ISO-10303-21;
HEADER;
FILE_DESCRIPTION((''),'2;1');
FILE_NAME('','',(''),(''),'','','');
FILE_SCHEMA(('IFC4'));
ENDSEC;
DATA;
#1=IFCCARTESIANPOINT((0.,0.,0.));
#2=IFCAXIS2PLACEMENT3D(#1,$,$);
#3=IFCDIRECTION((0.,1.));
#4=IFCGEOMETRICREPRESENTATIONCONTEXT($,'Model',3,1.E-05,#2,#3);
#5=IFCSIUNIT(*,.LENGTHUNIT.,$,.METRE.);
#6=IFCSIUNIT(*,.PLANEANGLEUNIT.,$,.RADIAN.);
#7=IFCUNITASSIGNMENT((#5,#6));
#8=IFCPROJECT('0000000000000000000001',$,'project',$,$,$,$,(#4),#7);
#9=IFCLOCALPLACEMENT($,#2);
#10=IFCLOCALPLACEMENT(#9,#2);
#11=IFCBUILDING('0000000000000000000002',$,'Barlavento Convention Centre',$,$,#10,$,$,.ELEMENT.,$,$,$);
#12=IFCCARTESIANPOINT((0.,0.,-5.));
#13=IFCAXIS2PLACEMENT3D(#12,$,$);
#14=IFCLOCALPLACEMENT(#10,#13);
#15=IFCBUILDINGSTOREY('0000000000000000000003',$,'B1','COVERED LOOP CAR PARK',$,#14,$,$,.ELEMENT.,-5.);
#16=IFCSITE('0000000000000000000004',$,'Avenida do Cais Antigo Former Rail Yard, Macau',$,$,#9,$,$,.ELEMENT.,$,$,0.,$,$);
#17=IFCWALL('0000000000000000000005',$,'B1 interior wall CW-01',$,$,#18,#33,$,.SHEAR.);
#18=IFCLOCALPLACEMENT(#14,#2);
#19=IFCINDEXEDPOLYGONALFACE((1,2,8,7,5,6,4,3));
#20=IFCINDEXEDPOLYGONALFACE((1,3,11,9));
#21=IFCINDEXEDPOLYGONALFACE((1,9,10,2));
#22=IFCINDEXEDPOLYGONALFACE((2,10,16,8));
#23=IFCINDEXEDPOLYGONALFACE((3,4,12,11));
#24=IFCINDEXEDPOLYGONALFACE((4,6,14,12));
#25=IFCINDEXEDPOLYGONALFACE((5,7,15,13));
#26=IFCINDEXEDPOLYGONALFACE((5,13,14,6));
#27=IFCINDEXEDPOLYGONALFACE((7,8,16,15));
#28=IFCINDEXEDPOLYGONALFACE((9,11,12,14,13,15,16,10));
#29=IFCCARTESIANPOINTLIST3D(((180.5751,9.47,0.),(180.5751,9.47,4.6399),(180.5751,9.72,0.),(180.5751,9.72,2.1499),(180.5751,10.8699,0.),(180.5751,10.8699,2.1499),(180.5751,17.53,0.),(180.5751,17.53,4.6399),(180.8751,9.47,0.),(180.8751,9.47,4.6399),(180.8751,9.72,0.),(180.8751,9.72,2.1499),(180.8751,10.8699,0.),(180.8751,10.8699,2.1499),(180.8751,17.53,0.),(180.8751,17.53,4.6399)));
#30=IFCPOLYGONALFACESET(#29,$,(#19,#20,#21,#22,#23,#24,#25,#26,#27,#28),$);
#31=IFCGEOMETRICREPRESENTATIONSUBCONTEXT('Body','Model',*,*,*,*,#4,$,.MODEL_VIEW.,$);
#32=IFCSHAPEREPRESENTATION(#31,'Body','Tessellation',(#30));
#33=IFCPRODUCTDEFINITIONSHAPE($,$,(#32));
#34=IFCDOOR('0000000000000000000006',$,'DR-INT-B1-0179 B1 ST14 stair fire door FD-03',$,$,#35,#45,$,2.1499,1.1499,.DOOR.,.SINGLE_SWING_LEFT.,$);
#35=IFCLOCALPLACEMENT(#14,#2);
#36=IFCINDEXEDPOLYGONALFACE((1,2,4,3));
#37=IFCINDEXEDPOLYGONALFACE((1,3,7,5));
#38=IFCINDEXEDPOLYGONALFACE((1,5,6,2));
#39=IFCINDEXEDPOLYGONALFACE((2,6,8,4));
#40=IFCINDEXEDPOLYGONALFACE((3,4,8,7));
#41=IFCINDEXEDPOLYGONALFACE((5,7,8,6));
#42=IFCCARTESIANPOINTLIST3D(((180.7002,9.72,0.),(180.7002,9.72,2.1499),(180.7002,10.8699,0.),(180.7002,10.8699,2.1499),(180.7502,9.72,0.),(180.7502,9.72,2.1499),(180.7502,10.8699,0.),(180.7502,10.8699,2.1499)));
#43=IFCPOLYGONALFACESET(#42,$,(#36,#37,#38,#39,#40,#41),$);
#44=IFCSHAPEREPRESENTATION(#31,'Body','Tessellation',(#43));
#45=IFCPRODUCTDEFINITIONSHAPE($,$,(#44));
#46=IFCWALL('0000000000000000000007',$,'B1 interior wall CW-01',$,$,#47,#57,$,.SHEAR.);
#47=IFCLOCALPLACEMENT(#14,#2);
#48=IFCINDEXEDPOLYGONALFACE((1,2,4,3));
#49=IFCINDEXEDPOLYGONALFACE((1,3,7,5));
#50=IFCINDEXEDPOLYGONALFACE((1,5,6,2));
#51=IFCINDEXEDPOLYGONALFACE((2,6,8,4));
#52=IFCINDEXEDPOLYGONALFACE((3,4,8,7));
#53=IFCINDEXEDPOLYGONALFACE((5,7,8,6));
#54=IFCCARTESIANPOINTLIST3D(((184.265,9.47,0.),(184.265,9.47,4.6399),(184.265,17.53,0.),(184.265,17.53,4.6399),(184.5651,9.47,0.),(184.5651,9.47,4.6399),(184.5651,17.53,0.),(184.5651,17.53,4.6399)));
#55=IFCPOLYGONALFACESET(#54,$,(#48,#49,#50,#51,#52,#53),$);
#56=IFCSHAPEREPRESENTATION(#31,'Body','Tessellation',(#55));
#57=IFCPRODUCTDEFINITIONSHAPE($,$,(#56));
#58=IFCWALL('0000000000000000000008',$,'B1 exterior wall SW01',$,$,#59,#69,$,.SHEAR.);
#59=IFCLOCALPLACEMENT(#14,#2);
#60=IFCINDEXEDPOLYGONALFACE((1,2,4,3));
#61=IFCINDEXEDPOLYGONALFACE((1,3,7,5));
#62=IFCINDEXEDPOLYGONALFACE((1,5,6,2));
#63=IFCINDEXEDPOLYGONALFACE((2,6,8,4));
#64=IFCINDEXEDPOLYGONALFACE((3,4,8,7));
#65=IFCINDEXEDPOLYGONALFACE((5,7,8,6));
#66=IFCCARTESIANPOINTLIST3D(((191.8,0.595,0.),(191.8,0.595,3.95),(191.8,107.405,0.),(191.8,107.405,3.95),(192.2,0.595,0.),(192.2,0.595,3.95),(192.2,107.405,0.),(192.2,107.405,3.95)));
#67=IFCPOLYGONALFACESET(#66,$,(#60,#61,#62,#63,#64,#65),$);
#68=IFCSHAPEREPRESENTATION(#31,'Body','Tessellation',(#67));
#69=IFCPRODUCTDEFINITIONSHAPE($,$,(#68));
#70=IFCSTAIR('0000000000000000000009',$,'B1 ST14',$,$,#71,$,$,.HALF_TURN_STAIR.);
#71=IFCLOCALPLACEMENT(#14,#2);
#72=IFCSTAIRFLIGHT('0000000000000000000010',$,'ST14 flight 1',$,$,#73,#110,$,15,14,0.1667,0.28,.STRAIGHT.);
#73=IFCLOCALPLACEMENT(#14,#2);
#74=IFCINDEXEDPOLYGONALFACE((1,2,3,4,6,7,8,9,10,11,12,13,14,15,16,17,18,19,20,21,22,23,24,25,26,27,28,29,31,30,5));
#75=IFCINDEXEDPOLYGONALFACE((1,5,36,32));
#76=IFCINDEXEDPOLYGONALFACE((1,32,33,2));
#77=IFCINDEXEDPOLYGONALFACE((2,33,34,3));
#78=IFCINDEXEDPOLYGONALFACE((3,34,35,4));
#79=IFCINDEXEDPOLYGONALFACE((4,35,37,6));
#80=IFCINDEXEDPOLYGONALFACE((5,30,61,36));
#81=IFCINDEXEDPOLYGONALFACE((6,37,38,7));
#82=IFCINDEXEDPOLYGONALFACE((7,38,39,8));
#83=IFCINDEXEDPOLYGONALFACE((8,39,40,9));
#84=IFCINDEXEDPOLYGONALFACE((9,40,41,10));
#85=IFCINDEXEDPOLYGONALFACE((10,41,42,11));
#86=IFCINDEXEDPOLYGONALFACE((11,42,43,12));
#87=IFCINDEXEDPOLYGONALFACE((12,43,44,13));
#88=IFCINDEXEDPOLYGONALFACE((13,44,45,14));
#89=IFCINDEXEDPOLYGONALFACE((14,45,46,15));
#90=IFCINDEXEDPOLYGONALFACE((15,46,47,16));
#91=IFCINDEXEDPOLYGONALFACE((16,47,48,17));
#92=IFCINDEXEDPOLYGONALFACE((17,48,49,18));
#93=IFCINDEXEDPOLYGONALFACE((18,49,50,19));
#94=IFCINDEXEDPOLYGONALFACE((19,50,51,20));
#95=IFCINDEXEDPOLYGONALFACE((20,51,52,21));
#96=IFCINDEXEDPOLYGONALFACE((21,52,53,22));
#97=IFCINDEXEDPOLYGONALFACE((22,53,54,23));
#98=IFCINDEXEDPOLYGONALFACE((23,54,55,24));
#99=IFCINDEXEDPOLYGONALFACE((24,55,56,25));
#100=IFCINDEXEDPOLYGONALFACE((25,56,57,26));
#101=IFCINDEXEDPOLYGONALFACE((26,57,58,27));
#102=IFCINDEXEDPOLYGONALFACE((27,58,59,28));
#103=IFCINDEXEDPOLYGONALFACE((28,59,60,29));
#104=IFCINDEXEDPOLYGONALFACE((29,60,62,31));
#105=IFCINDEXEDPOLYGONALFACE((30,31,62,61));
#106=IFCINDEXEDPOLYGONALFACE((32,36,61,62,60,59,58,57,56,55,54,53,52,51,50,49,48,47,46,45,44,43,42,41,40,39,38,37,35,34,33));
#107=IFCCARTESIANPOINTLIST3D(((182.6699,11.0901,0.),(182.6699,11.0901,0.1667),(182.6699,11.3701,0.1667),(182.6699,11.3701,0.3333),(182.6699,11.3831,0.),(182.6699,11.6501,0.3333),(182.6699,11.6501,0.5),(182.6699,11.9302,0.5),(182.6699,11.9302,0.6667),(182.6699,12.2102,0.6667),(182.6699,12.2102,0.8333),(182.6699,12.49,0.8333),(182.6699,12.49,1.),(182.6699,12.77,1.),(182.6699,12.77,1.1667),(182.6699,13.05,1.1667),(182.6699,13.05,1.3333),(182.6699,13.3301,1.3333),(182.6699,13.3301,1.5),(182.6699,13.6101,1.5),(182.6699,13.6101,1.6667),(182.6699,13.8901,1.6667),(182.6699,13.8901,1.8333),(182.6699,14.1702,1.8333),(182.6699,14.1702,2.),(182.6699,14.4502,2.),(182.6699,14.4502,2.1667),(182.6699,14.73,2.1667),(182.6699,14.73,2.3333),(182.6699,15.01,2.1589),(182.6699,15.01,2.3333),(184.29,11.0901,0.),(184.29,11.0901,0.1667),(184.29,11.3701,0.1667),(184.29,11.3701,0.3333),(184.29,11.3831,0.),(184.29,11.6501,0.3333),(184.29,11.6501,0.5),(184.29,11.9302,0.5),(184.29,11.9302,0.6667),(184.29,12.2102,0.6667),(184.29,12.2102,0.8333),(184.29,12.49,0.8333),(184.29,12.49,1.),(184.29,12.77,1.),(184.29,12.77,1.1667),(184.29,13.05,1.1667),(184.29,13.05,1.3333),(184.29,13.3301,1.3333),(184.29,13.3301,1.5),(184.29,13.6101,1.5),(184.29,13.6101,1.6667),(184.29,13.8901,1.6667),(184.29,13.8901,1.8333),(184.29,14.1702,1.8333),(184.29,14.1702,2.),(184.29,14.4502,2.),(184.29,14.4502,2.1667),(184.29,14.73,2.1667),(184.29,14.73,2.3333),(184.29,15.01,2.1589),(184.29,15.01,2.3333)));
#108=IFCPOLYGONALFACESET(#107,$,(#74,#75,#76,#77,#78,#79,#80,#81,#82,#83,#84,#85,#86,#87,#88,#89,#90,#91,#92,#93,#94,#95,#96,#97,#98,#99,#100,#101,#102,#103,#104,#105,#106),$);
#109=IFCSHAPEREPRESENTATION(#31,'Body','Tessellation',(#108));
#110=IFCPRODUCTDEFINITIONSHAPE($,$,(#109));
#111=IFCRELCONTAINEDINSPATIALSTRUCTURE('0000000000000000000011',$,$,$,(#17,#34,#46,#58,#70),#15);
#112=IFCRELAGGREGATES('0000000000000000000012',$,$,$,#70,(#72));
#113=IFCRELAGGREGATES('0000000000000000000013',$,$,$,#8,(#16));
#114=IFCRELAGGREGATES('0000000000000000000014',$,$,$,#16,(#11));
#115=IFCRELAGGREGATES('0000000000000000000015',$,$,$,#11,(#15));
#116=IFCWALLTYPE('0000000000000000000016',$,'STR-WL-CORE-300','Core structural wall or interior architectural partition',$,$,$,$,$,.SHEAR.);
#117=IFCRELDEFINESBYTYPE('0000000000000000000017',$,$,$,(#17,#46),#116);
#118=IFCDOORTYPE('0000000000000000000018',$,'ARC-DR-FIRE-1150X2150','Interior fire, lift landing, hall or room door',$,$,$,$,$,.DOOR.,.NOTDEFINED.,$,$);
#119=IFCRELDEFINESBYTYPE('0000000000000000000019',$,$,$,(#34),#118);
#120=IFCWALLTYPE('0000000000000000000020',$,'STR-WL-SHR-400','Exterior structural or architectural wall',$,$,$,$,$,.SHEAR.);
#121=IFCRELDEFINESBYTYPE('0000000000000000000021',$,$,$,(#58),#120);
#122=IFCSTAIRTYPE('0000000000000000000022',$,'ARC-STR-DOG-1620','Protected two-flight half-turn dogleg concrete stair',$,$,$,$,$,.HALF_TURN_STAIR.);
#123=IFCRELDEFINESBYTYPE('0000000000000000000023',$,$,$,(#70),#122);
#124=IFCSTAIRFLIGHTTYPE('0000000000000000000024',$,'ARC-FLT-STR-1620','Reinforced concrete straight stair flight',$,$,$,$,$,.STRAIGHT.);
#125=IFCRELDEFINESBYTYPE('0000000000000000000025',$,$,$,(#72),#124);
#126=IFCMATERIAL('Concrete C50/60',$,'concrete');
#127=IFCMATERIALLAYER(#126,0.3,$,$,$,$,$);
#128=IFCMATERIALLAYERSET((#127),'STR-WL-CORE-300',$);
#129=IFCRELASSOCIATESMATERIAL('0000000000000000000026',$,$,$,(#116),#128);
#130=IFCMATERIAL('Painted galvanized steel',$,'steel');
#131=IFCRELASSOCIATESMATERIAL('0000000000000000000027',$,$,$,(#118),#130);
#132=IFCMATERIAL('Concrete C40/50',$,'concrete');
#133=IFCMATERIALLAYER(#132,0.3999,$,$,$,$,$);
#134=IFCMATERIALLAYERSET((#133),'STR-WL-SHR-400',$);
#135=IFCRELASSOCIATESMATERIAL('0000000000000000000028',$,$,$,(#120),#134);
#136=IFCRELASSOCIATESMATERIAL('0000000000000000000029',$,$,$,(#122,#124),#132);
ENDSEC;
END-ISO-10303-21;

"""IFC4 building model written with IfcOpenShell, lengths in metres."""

from ifc_helpers import new_model, si_unit, direction, frame, frame_2d, origin, place, context, subcontext, project, spatial, polyline, rectangle, outline, extrude, material, layer, layer_set, type_object, element, fill, aggregate, save


model = new_model("IFC4")

# Units and contexts
model_context = context("Model", 3, precision=1e-05, world=origin(), true_north=direction((0.0, 1.0)))
body_context = subcontext(model_context, "Body", "Model", "MODEL_VIEW")
ifc_project = project(units=[si_unit("LENGTHUNIT", "METRE"), si_unit("PLANEANGLEUNIT", "RADIAN")], contexts=[model_context])

# Site, building, storey
site_placement = place(None, origin())
site = spatial("IfcSite", under=ifc_project, at=site_placement, Name="Avenida do Cais Antigo Former Rail Yard, Macau", CompositionType="ELEMENT", RefElevation=0.0)
building_placement = place(site_placement, origin())
building = spatial("IfcBuilding", under=site, at=building_placement, Name="Barlavento Convention Centre", CompositionType="ELEMENT")
storey_placement = place(building_placement, frame((0.0, 0.0, -5.0)))
storey = spatial("IfcBuildingStorey", under=building, at=storey_placement, Name="B1", Description="COVERED LOOP CAR PARK", CompositionType="ELEMENT", Elevation=-5.0)

# Shared definitions
ifc_material_1 = material(Name="Concrete C40/50", Category="concrete")

# Shared definitions
ifc_material_2 = material(Name="Concrete C50/60", Category="concrete")

# Shared definitions
ifc_material_3 = material(Name="Painted galvanized steel", Category="steel")

# Wall, opening, door
ifc_layer_1 = layer(ifc_material_2, 0.3)
ifc_layer_set_1 = layer_set([ifc_layer_1], Name="STR-WL-CORE-300")
wall_type_1 = type_object("IfcWallType", Name="STR-WL-CORE-300", Description="Core structural wall or interior architectural partition", PredefinedType="SHEAR", material=ifc_layer_set_1)
wall_1_placement = place(storey_placement, frame((180.7251, 9.47, 0.0), z_axis=(0.0, 0.0, 1.0), x_axis=(0.0, 1.0, 0.0)))
wall_1 = element("IfcWall", 1, at=wall_1_placement, inside=storey, type_object=wall_type_1, Name="B1 interior wall CW-01", PredefinedType="SHEAR", context=body_context, shape_type="SweptSolid", body=[
    extrude(rectangle(XDim=8.0601, YDim=0.3, at=frame_2d((4.03, 0.0))), origin(), (0.0, 0.0, 1.0), 4.6399),
])
opening_1_placement = place(wall_1_placement, frame((0.25, 0.0, 0.0)))
opening_1 = element("IfcOpeningElement", 2, at=opening_1_placement, cuts=wall_1, PredefinedType="OPENING", context=body_context, shape_type="SweptSolid", body=[
    extrude(rectangle(XDim=1.1499, YDim=2.1499, at=frame_2d((0.575, 1.075))), frame((0.0, 0.1599, 0.0), z_axis=(0.0, -1.0, 0.0), x_axis=(1.0, 0.0, 0.0)), (0.0, 0.0, 1.0), 0.3201),
])
door_type_1 = type_object("IfcDoorType", Name="ARC-DR-FIRE-1150X2150", Description="Interior fire, lift landing, hall or room door", OperationType="NOTDEFINED", PredefinedType="DOOR", material=ifc_material_3)
door_1_placement = place(opening_1_placement, origin())
door_1 = element("IfcDoor", 3, at=door_1_placement, inside=storey, type_object=door_type_1, Name="DR-INT-B1-0179 B1 ST14 stair fire door FD-03", OperationType="SINGLE_SWING_LEFT", OverallHeight=2.1499, OverallWidth=1.1499, PredefinedType="DOOR", context=body_context, shape_type="SweptSolid", body=[
    extrude(rectangle(XDim=1.1499, YDim=2.1499, at=frame_2d((0.575, 1.075))), frame((0.0, 0.0249, 0.0), z_axis=(0.0, -1.0, 0.0), x_axis=(1.0, 0.0, 0.0)), (0.0, 0.0, 1.0), 0.05),
])
fill(opening_1, door_1)

# Walls
wall_2_placement = place(storey_placement, frame((184.415, 9.47, 0.0), z_axis=(0.0, 0.0, 1.0), x_axis=(0.0, 1.0, 0.0)))
element("IfcWall", 4, at=wall_2_placement, inside=storey, type_object=wall_type_1, Name="B1 interior wall CW-01", PredefinedType="SHEAR", context=body_context, shape_type="SweptSolid", body=[
    extrude(rectangle(XDim=8.0601, YDim=0.3, at=frame_2d((4.03, 0.0))), origin(), (0.0, 0.0, 1.0), 4.6399),
])
ifc_layer_2 = layer(ifc_material_1, 0.3999)
ifc_layer_set_2 = layer_set([ifc_layer_2], Name="STR-WL-SHR-400")
wall_type_2 = type_object("IfcWallType", Name="STR-WL-SHR-400", Description="Exterior structural or architectural wall", PredefinedType="SHEAR", material=ifc_layer_set_2)
wall_3_placement = place(storey_placement, frame((192.0, 0.595, 0.0), z_axis=(0.0, 0.0, 1.0), x_axis=(0.0, 1.0, 0.0)))
element("IfcWall", 5, at=wall_3_placement, inside=storey, type_object=wall_type_2, Name="B1 exterior wall SW01", PredefinedType="SHEAR", context=body_context, shape_type="SweptSolid", body=[
    extrude(rectangle(XDim=106.8101, YDim=0.3999, at=frame_2d((53.405, 0.0))), origin(), (0.0, 0.0, 1.0), 3.95),
])

# Stair, stair flight
stair_type = type_object("IfcStairType", Name="ARC-STR-DOG-1620", Description="Protected two-flight half-turn dogleg concrete stair", PredefinedType="HALF_TURN_STAIR", material=ifc_material_1)
stair_placement = place(storey_placement, origin())
stair = element("IfcStair", 6, at=stair_placement, inside=storey, type_object=stair_type, Name="B1 ST14", PredefinedType="HALF_TURN_STAIR")
stair_flight_type = type_object("IfcStairFlightType", Name="ARC-FLT-STR-1620", Description="Reinforced concrete straight stair flight", PredefinedType="STRAIGHT", material=ifc_material_1)
stair_flight_placement = place(storey_placement, frame((183.48, 11.0901, 0.0), z_axis=(0.0, 0.0, 1.0), x_axis=(0.0, 1.0, 0.0)))
stair_flight = element("IfcStairFlight", 7, at=stair_flight_placement, type_object=stair_flight_type, Name="ST14 flight 1", NumberOfRisers=15, NumberOfTreads=14, PredefinedType="STRAIGHT", RiserHeight=0.1667, TreadLength=0.28, context=body_context, shape_type="SweptSolid", body=[
    extrude(outline(polyline([(0.0, 0.0), (0.0, 0.1667), (0.28, 0.1667), (0.28, 0.3333), (0.5601, 0.3333), (0.5601, 0.5), (0.8401, 0.5), (0.8401, 0.6667), (1.1201, 0.6667), (1.1201, 0.8333), (1.3999, 0.8333), (1.3999, 1.0), (1.6799, 1.0), (1.6799, 1.1667), (1.96, 1.1667), (1.96, 1.3333), (2.24, 1.3333), (2.24, 1.5), (2.52, 1.5), (2.52, 1.6667), (2.8, 1.6667), (2.8, 1.8333), (3.0801, 1.8333), (3.0801, 2.0), (3.3601, 2.0), (3.3601, 2.1667), (3.6399, 2.1667), (3.6399, 2.3333), (3.9199, 2.3333), (3.9199, 2.5), (3.9199, 2.1589), (0.293, 0.0), (0.0, 0.0)])), frame((0.0, 0.8101, 0.0), z_axis=(0.0, -1.0, 0.0), x_axis=(1.0, 0.0, 0.0)), (0.0, 0.0, 1.0), 1.6201),
])
aggregate(stair, [stair_flight])

save(model, "model.ifc")
